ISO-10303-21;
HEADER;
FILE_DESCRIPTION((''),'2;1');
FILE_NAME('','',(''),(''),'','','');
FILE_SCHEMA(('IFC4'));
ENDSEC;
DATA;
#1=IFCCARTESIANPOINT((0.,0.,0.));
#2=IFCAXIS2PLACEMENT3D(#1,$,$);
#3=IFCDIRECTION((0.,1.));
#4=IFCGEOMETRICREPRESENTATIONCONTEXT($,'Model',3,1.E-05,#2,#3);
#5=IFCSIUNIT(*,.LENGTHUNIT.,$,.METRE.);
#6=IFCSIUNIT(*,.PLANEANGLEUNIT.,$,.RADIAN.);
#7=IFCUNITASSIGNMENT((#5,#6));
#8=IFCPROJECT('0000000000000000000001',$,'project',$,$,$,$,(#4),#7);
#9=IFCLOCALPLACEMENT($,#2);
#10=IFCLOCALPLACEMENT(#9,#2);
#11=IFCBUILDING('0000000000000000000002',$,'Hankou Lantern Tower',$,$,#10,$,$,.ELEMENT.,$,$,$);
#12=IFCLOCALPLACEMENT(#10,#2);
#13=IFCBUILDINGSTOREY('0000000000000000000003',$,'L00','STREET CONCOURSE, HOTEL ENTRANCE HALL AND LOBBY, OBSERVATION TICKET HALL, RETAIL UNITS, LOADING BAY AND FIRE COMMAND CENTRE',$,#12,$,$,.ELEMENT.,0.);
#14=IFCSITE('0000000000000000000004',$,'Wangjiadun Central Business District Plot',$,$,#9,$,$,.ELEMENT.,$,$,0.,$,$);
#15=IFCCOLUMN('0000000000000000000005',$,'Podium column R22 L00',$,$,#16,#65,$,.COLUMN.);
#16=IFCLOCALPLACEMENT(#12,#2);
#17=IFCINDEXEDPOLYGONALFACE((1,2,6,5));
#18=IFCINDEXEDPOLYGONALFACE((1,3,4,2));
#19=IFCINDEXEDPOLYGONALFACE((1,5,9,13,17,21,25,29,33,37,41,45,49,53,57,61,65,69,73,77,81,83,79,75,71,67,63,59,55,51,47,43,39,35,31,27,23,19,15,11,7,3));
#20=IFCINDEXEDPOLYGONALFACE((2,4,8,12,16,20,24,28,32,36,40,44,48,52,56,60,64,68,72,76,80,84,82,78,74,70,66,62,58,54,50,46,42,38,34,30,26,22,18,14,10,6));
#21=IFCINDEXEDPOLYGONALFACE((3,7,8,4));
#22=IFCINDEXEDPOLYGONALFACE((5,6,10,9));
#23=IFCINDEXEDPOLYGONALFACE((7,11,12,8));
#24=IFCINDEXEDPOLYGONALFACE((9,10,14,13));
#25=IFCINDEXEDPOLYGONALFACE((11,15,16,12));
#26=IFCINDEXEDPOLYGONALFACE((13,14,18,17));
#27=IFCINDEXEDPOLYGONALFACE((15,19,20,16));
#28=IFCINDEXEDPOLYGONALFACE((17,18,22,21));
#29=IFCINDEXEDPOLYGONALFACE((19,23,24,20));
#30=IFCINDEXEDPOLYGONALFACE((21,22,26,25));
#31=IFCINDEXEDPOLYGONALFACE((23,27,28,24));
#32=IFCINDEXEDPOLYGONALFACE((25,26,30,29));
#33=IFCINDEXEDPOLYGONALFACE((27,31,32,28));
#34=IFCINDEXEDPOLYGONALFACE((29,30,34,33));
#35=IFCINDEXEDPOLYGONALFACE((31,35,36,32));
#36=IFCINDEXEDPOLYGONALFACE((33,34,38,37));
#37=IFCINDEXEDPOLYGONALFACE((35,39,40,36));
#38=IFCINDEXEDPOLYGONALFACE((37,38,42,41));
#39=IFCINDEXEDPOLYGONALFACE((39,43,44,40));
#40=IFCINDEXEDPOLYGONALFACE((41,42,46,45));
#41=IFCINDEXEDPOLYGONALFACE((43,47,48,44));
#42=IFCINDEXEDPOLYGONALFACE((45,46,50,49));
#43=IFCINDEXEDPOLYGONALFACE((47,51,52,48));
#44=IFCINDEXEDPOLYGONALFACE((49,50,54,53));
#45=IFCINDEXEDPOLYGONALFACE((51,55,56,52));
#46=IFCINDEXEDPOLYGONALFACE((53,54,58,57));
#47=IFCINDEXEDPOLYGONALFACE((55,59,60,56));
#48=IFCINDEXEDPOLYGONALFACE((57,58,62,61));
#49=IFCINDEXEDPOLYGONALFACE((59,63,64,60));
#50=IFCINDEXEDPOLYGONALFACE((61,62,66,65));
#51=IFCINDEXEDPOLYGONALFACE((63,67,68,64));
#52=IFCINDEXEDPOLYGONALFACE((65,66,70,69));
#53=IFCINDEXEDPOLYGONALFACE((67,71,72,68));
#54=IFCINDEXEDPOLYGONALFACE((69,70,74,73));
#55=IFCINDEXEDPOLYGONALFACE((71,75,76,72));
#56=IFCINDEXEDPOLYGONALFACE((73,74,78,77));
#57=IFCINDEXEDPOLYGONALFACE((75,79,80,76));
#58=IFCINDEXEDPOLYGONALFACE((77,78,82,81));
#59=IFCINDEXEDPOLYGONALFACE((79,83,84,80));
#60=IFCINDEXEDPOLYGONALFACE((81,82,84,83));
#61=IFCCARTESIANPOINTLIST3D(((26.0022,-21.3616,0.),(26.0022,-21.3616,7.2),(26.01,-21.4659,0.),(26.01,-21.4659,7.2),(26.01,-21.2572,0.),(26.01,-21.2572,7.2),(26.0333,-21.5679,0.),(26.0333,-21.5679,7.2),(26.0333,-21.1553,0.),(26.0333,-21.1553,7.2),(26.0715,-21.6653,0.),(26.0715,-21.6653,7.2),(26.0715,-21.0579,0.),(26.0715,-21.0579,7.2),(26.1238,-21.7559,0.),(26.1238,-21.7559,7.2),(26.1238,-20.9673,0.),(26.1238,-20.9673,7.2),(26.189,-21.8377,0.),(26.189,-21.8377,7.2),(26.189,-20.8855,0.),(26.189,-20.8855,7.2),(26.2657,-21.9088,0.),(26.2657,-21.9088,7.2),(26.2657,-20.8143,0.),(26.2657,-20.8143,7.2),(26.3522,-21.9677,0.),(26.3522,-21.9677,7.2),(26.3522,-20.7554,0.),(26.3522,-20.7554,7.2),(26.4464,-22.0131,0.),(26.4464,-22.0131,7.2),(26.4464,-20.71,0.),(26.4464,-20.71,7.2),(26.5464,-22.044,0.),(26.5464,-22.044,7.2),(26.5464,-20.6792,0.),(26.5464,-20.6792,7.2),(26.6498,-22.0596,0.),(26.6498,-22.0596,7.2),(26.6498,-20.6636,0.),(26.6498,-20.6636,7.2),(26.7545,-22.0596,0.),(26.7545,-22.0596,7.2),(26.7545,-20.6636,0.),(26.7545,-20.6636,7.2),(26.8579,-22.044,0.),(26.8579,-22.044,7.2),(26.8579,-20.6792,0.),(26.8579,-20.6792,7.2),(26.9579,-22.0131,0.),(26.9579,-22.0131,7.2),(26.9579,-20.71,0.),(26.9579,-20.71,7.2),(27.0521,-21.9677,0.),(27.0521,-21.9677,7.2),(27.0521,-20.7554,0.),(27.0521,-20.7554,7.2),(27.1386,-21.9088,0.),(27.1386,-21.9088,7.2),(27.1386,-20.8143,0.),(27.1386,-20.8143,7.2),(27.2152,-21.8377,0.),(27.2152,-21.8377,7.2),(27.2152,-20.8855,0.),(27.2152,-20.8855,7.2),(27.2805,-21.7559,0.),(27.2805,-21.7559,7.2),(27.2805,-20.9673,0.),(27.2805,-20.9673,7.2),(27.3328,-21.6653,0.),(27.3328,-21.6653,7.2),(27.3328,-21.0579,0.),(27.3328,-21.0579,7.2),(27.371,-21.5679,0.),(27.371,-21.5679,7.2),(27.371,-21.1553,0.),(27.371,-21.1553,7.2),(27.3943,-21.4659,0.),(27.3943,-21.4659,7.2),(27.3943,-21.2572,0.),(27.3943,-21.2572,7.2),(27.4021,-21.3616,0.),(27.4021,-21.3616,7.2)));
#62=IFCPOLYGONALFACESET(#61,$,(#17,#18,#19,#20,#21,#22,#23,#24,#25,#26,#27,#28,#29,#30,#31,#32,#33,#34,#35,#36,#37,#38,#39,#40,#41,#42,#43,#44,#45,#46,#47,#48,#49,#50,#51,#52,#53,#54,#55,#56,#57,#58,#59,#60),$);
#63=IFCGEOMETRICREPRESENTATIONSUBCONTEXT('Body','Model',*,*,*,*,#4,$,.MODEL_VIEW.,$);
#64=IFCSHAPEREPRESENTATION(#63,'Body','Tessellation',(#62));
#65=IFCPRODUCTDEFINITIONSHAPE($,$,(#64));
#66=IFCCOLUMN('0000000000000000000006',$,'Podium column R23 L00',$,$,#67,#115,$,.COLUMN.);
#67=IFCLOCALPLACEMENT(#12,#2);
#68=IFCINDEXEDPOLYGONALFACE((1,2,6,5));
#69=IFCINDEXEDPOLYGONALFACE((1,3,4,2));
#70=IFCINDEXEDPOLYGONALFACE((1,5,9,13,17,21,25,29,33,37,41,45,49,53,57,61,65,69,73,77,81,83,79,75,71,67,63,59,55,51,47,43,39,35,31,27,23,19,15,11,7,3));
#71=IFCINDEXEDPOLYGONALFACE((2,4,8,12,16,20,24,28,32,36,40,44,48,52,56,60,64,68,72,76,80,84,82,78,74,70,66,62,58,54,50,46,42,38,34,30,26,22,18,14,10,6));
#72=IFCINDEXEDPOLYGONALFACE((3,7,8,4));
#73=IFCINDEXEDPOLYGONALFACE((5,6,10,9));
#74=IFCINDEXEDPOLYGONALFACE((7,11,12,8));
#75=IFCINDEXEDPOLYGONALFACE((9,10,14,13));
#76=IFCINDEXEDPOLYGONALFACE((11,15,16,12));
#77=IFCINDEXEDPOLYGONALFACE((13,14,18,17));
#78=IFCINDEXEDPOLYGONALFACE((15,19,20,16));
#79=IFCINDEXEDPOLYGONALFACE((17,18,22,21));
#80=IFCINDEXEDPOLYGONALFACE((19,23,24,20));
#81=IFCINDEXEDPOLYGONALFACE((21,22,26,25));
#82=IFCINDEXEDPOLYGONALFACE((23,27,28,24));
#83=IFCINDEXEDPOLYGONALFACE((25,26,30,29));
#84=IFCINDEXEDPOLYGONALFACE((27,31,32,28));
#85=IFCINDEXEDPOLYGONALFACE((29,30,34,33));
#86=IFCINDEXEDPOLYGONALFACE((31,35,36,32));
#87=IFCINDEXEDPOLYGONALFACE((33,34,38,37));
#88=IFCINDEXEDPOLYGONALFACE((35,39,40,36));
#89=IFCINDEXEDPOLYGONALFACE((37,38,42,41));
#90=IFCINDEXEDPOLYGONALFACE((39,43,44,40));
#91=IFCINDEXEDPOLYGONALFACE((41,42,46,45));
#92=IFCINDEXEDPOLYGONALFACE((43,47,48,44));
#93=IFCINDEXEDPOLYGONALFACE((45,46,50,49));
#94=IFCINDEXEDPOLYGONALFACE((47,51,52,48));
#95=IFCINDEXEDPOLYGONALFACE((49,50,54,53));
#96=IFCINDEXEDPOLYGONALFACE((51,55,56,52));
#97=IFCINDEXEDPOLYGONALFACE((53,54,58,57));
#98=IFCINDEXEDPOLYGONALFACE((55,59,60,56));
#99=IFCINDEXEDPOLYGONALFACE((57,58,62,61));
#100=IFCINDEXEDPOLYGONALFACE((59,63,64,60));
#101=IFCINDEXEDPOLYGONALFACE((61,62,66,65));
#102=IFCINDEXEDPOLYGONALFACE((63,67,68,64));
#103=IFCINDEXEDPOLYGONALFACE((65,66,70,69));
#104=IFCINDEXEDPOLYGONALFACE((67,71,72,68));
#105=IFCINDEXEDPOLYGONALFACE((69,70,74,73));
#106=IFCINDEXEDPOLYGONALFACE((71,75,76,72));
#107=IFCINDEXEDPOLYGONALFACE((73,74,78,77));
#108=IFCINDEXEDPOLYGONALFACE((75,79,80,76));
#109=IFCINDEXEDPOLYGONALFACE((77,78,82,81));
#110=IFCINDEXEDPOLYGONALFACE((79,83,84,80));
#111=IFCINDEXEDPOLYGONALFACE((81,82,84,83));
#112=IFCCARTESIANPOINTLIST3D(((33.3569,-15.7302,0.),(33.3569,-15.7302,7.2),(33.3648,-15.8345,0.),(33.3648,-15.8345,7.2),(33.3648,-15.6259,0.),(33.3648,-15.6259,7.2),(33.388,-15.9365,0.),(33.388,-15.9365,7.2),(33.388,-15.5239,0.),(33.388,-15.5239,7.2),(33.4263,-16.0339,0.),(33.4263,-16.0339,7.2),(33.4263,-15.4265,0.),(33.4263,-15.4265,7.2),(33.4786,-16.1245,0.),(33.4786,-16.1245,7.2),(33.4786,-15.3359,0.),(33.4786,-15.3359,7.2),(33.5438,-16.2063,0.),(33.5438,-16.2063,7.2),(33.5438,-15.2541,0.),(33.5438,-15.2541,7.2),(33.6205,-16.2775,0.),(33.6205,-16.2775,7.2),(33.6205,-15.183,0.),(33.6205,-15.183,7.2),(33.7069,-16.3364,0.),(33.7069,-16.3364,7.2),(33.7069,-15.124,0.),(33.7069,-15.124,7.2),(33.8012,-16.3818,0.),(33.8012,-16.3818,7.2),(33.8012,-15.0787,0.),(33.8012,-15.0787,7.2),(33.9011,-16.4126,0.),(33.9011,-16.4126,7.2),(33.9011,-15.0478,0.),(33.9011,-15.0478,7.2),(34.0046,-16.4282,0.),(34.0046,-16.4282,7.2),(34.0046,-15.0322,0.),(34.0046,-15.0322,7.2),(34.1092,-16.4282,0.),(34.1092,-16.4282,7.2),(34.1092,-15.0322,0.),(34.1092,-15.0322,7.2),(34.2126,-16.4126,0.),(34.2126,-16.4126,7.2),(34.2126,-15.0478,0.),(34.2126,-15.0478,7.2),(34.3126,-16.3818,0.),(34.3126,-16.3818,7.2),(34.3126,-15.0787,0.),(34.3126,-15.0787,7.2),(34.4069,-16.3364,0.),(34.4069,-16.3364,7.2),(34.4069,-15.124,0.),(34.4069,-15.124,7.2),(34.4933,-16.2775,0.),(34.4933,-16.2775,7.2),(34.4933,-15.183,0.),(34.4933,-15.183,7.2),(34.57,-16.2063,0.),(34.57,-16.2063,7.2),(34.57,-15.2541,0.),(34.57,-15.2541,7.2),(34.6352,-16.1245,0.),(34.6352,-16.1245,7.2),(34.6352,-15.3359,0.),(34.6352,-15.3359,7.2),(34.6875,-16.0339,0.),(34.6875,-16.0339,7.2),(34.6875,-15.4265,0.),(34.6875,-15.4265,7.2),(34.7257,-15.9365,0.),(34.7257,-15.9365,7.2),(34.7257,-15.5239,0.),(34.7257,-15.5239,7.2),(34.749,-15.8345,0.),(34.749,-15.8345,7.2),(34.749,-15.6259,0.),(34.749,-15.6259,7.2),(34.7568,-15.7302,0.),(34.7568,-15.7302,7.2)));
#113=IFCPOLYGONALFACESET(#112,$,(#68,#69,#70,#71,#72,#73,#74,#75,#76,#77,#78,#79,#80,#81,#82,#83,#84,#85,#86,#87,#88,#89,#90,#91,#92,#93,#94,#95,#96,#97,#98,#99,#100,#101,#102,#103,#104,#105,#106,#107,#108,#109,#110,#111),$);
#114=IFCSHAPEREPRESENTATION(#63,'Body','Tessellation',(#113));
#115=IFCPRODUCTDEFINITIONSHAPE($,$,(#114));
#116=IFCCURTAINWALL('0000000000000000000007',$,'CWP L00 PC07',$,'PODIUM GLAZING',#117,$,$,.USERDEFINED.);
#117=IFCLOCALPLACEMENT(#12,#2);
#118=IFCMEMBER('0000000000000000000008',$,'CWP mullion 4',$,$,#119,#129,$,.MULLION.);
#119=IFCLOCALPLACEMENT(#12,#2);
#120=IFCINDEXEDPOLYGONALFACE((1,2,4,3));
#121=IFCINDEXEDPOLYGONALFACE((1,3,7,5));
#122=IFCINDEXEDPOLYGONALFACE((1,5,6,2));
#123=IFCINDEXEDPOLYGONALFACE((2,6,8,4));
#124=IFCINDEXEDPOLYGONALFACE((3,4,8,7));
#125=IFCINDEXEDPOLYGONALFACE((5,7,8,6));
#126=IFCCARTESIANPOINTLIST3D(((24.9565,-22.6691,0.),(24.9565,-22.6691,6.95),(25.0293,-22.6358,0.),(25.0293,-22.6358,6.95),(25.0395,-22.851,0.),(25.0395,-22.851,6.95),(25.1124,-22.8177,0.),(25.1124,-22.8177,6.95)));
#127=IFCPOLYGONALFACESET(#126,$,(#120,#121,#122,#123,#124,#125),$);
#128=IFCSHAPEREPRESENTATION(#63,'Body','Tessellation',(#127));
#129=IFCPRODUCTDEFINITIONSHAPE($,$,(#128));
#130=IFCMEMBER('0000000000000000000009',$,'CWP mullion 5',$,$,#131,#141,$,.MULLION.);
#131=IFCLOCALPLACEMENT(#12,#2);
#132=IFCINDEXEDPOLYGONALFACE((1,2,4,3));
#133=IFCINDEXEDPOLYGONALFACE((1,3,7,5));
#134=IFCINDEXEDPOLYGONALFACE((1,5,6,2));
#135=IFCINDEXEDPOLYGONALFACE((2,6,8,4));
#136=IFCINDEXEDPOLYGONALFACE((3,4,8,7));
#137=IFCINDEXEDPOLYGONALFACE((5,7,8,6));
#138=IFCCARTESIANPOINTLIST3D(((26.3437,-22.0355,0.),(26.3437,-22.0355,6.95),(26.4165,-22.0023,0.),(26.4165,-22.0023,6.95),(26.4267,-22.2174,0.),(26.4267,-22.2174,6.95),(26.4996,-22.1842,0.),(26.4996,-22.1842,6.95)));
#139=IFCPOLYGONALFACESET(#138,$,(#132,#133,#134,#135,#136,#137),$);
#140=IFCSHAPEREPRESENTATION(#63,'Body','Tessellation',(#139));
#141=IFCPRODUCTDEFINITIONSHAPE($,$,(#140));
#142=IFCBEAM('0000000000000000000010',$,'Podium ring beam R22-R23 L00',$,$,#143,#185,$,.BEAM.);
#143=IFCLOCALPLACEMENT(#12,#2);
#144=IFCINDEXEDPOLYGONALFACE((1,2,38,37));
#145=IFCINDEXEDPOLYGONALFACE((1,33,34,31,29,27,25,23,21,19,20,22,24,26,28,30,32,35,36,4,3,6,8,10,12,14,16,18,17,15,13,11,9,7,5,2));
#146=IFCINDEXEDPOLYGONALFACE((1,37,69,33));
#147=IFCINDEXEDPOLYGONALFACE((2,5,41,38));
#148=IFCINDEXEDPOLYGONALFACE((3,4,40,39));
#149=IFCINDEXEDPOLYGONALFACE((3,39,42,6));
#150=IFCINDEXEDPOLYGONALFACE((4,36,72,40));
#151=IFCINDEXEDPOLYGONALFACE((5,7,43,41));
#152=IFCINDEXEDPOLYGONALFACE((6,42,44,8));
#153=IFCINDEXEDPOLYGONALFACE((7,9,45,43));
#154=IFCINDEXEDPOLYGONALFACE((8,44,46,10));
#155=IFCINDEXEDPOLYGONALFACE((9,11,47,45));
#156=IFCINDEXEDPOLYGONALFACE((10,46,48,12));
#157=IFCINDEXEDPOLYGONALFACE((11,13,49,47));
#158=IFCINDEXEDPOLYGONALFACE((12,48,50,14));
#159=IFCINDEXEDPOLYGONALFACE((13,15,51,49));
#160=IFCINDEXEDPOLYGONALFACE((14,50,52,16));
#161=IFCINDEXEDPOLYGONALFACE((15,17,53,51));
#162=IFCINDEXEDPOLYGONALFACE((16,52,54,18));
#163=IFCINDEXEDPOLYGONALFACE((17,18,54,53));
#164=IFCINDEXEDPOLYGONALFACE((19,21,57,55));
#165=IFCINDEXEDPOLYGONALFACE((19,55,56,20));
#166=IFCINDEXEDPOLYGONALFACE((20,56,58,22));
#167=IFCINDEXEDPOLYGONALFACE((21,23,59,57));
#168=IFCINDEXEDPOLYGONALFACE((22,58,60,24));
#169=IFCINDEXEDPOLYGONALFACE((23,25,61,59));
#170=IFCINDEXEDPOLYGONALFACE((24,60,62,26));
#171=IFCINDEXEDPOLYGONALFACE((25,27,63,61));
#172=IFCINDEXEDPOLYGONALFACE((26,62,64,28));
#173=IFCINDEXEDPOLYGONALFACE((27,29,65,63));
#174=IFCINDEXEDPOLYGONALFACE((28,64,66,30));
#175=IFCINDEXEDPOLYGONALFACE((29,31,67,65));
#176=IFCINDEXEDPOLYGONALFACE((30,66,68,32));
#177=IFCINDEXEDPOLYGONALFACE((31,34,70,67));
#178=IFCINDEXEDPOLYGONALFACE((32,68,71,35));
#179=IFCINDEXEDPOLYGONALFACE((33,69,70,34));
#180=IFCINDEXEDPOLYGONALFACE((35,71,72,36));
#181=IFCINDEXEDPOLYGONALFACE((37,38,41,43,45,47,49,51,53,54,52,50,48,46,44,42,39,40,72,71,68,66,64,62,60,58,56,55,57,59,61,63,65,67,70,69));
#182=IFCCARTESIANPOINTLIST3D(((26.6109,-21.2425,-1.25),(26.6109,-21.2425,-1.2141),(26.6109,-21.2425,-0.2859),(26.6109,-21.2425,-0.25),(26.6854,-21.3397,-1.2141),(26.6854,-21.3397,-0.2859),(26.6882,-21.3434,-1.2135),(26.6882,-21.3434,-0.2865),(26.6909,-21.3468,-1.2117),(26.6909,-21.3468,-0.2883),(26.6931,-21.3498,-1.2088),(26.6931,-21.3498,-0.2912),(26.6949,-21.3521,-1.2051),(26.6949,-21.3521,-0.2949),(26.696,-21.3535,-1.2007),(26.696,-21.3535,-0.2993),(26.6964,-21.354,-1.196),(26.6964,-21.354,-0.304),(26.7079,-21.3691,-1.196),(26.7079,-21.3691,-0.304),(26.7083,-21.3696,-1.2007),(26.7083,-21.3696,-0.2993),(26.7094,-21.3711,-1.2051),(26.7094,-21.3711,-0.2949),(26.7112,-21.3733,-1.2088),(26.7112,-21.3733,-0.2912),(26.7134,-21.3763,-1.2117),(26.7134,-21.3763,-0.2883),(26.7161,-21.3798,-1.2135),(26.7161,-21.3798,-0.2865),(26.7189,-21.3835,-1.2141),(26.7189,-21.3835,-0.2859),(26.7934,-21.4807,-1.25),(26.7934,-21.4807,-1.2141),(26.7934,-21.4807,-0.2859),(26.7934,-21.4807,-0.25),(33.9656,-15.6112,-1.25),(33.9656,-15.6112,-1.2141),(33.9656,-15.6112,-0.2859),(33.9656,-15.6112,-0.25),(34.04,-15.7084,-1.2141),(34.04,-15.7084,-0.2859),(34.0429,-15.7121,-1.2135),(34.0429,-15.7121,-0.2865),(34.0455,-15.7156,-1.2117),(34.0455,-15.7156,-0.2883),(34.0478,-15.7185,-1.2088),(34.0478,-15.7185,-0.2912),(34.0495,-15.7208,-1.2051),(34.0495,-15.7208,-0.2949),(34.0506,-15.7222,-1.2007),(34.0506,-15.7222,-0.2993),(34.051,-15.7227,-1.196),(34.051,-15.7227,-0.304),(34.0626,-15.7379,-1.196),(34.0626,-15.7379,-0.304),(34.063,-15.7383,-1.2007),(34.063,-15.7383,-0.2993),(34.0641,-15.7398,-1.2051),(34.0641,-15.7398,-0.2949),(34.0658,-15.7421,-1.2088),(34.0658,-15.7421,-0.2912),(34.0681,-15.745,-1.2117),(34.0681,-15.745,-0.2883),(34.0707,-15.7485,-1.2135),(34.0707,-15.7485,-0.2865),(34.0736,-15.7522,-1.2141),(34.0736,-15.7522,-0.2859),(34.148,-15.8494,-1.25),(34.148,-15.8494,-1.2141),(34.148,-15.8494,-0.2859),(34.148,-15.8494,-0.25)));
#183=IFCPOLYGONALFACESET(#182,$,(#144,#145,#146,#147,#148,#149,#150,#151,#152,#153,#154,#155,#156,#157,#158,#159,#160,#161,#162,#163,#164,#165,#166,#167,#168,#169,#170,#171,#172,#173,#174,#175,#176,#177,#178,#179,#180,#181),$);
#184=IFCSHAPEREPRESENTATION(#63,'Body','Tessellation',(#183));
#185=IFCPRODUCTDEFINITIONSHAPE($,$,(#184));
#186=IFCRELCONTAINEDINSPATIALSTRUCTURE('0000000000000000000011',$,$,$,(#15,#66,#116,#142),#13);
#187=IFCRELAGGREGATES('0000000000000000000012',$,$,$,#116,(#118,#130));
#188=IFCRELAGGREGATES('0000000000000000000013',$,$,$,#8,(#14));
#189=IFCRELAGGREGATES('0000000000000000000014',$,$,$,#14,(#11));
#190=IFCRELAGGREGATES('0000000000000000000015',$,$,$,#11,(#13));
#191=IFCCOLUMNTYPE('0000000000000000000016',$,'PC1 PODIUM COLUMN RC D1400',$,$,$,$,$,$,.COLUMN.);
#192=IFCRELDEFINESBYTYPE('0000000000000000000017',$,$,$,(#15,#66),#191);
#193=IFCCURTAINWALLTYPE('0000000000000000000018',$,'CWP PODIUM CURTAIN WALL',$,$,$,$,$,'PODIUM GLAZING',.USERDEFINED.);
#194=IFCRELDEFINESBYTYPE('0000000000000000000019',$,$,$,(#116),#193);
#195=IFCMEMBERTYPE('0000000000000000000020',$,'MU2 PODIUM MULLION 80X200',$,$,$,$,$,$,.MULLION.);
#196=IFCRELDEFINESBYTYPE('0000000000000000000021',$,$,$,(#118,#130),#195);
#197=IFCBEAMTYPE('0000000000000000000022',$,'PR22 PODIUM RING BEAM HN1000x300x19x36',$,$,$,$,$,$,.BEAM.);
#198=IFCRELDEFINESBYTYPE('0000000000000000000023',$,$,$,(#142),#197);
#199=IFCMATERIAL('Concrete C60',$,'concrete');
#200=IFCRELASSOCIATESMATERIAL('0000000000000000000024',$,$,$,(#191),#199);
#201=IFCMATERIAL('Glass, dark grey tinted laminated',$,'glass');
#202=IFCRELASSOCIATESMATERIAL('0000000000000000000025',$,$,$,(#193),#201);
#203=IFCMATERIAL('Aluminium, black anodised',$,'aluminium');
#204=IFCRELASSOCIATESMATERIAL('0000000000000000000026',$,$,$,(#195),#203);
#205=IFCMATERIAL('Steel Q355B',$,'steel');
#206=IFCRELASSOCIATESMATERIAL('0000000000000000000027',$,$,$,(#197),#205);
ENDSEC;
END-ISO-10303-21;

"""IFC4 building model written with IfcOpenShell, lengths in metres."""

from ifc_helpers import new_model, si_unit, direction, frame, origin, origin_2d, place, context, subcontext, project, spatial, rectangle, circle, i_section, extrude, material, material_profile, profile_set, type_object, element, aggregate, save


model = new_model("IFC4")

# Units and contexts
model_context = context("Model", 3, precision=1e-05, world=origin(), true_north=direction((0.0, 1.0)))
body_context = subcontext(model_context, "Body", "Model", "MODEL_VIEW")
ifc_project = project(units=[si_unit("LENGTHUNIT", "METRE"), si_unit("PLANEANGLEUNIT", "RADIAN")], contexts=[model_context])

# Site, building, storey
site_placement = place(None, origin())
site = spatial("IfcSite", under=ifc_project, at=site_placement, Name="Wangjiadun Central Business District Plot", CompositionType="ELEMENT", RefElevation=0.0)
building_placement = place(site_placement, origin())
building = spatial("IfcBuilding", under=site, at=building_placement, Name="Hankou Lantern Tower", CompositionType="ELEMENT")
storey_placement = place(building_placement, origin())
storey = spatial("IfcBuildingStorey", under=building, at=storey_placement, Name="L00", Description="STREET CONCOURSE, HOTEL ENTRANCE HALL AND LOBBY, OBSERVATION TICKET HALL, RETAIL UNITS, LOADING BAY AND FIRE COMMAND CENTRE", CompositionType="ELEMENT", Elevation=0.0)

# Columns
ifc_material_1 = material(Name="Concrete C60", Category="concrete")
ifc_material_profile_1 = material_profile(ifc_material_1, circle(Radius=0.7, at=origin_2d()), Name="RC D1400")
ifc_profile_set_1 = profile_set([ifc_material_profile_1], Name="Concrete C60")
column_type = type_object("IfcColumnType", Name="PC1 PODIUM COLUMN RC D1400", PredefinedType="COLUMN", material=ifc_profile_set_1)
for number, where, z_axis, x_axis, name in (
    (1, (26.7021, -21.3616, 0.0), (0.0, 0.0, 1.0), (1.0, 0.0, 0.0), "Podium column R22 L00"),
    (2, (34.0569, -15.7302, 0.0), (0.0, 0.0, 1.0), (1.0, 0.0, 0.0), "Podium column R23 L00"),
):
    element("IfcColumn", number, at=place(storey_placement, frame(where, z_axis=z_axis, x_axis=x_axis)), inside=storey, type_object=column_type, Name=name, PredefinedType="COLUMN", context=body_context, shape_type="SweptSolid", body=[
        extrude(circle(Radius=0.7, at=origin_2d()), origin(), (0.0, 0.0, 1.0), 7.2),
    ])

# Curtain wall, members
ifc_material_2 = material(Name="Glass, dark grey tinted laminated", Category="glass")
curtain_wall_type = type_object("IfcCurtainWallType", Name="CWP PODIUM CURTAIN WALL", ElementType="PODIUM GLAZING", PredefinedType="USERDEFINED", material=ifc_material_2)
curtain_wall_placement = place(storey_placement, origin())
curtain_wall = element("IfcCurtainWall", 3, at=curtain_wall_placement, inside=storey, type_object=curtain_wall_type, Name="CWP L00 PC07", ObjectType="PODIUM GLAZING", PredefinedType="USERDEFINED")
ifc_material_3 = material(Name="Aluminium, black anodised", Category="aluminium")
ifc_material_profile_2 = material_profile(ifc_material_3, rectangle(XDim=0.0801, YDim=0.2, at=origin_2d()), Name="MU2 80X200")
ifc_profile_set_2 = profile_set([ifc_material_profile_2], Name="Aluminium, black anodised")
member_type_1 = type_object("IfcMemberType", Name="MU2 PODIUM MULLION 80X200", PredefinedType="MULLION", material=ifc_profile_set_2)
member_1_placement = place(storey_placement, frame((25.0344, -22.7434, 0.0), z_axis=(0.0, 0.0, 1.0), x_axis=(0.90967, 0.415332, 0.0)))
member_1 = element("IfcMember", 4, at=member_1_placement, type_object=member_type_1, Name="CWP mullion 4", PredefinedType="MULLION", context=body_context, shape_type="SweptSolid", body=[
    extrude(rectangle(XDim=0.0801, YDim=0.2, at=origin_2d()), origin(), (0.0, 0.0, 1.0), 6.95),
])
member_2_placement = place(storey_placement, frame((26.4216, -22.1099, 0.0), z_axis=(0.0, 0.0, 1.0), x_axis=(0.90967, 0.415332, 0.0)))
member_2 = element("IfcMember", 5, at=member_2_placement, type_object=member_type_1, Name="CWP mullion 5", PredefinedType="MULLION", context=body_context, shape_type="SweptSolid", body=[
    extrude(rectangle(XDim=0.0801, YDim=0.2, at=origin_2d()), origin(), (0.0, 0.0, 1.0), 6.95),
])

# Beam
ifc_material_4 = material(Name="Steel Q355B", Category="steel")
ifc_material_profile_3 = material_profile(ifc_material_4, i_section(OverallWidth=0.3, OverallDepth=1.0, WebThickness=0.019, FlangeThickness=0.0359, FilletRadius=0.0181, at=origin_2d()), Name="HN1000x300x19x36")
ifc_profile_set_3 = profile_set([ifc_material_profile_3], Name="Steel Q355B")
beam_type_1 = type_object("IfcBeamType", Name="PR22 PODIUM RING BEAM HN1000x300x19x36", PredefinedType="BEAM", material=ifc_profile_set_3)
beam_1_placement = place(storey_placement, frame((26.7021, -21.3616, -0.75), z_axis=(0.793986, 0.607936, 0.0), x_axis=(-0.607936, 0.793986, 0.0)))
element("IfcBeam", 6, at=beam_1_placement, inside=storey, type_object=beam_type_1, Name="Podium ring beam R22-R23 L00", PredefinedType="BEAM", context=body_context, shape_type="SweptSolid", body=[
    extrude(i_section(OverallWidth=0.3, OverallDepth=1.0, WebThickness=0.019, FlangeThickness=0.0359, FilletRadius=0.0181, at=origin_2d()), origin(), (0.0, 0.0, 1.0), 9.2629),
])

aggregate(curtain_wall, [member_1, member_2])

save(model, "model.ifc")
